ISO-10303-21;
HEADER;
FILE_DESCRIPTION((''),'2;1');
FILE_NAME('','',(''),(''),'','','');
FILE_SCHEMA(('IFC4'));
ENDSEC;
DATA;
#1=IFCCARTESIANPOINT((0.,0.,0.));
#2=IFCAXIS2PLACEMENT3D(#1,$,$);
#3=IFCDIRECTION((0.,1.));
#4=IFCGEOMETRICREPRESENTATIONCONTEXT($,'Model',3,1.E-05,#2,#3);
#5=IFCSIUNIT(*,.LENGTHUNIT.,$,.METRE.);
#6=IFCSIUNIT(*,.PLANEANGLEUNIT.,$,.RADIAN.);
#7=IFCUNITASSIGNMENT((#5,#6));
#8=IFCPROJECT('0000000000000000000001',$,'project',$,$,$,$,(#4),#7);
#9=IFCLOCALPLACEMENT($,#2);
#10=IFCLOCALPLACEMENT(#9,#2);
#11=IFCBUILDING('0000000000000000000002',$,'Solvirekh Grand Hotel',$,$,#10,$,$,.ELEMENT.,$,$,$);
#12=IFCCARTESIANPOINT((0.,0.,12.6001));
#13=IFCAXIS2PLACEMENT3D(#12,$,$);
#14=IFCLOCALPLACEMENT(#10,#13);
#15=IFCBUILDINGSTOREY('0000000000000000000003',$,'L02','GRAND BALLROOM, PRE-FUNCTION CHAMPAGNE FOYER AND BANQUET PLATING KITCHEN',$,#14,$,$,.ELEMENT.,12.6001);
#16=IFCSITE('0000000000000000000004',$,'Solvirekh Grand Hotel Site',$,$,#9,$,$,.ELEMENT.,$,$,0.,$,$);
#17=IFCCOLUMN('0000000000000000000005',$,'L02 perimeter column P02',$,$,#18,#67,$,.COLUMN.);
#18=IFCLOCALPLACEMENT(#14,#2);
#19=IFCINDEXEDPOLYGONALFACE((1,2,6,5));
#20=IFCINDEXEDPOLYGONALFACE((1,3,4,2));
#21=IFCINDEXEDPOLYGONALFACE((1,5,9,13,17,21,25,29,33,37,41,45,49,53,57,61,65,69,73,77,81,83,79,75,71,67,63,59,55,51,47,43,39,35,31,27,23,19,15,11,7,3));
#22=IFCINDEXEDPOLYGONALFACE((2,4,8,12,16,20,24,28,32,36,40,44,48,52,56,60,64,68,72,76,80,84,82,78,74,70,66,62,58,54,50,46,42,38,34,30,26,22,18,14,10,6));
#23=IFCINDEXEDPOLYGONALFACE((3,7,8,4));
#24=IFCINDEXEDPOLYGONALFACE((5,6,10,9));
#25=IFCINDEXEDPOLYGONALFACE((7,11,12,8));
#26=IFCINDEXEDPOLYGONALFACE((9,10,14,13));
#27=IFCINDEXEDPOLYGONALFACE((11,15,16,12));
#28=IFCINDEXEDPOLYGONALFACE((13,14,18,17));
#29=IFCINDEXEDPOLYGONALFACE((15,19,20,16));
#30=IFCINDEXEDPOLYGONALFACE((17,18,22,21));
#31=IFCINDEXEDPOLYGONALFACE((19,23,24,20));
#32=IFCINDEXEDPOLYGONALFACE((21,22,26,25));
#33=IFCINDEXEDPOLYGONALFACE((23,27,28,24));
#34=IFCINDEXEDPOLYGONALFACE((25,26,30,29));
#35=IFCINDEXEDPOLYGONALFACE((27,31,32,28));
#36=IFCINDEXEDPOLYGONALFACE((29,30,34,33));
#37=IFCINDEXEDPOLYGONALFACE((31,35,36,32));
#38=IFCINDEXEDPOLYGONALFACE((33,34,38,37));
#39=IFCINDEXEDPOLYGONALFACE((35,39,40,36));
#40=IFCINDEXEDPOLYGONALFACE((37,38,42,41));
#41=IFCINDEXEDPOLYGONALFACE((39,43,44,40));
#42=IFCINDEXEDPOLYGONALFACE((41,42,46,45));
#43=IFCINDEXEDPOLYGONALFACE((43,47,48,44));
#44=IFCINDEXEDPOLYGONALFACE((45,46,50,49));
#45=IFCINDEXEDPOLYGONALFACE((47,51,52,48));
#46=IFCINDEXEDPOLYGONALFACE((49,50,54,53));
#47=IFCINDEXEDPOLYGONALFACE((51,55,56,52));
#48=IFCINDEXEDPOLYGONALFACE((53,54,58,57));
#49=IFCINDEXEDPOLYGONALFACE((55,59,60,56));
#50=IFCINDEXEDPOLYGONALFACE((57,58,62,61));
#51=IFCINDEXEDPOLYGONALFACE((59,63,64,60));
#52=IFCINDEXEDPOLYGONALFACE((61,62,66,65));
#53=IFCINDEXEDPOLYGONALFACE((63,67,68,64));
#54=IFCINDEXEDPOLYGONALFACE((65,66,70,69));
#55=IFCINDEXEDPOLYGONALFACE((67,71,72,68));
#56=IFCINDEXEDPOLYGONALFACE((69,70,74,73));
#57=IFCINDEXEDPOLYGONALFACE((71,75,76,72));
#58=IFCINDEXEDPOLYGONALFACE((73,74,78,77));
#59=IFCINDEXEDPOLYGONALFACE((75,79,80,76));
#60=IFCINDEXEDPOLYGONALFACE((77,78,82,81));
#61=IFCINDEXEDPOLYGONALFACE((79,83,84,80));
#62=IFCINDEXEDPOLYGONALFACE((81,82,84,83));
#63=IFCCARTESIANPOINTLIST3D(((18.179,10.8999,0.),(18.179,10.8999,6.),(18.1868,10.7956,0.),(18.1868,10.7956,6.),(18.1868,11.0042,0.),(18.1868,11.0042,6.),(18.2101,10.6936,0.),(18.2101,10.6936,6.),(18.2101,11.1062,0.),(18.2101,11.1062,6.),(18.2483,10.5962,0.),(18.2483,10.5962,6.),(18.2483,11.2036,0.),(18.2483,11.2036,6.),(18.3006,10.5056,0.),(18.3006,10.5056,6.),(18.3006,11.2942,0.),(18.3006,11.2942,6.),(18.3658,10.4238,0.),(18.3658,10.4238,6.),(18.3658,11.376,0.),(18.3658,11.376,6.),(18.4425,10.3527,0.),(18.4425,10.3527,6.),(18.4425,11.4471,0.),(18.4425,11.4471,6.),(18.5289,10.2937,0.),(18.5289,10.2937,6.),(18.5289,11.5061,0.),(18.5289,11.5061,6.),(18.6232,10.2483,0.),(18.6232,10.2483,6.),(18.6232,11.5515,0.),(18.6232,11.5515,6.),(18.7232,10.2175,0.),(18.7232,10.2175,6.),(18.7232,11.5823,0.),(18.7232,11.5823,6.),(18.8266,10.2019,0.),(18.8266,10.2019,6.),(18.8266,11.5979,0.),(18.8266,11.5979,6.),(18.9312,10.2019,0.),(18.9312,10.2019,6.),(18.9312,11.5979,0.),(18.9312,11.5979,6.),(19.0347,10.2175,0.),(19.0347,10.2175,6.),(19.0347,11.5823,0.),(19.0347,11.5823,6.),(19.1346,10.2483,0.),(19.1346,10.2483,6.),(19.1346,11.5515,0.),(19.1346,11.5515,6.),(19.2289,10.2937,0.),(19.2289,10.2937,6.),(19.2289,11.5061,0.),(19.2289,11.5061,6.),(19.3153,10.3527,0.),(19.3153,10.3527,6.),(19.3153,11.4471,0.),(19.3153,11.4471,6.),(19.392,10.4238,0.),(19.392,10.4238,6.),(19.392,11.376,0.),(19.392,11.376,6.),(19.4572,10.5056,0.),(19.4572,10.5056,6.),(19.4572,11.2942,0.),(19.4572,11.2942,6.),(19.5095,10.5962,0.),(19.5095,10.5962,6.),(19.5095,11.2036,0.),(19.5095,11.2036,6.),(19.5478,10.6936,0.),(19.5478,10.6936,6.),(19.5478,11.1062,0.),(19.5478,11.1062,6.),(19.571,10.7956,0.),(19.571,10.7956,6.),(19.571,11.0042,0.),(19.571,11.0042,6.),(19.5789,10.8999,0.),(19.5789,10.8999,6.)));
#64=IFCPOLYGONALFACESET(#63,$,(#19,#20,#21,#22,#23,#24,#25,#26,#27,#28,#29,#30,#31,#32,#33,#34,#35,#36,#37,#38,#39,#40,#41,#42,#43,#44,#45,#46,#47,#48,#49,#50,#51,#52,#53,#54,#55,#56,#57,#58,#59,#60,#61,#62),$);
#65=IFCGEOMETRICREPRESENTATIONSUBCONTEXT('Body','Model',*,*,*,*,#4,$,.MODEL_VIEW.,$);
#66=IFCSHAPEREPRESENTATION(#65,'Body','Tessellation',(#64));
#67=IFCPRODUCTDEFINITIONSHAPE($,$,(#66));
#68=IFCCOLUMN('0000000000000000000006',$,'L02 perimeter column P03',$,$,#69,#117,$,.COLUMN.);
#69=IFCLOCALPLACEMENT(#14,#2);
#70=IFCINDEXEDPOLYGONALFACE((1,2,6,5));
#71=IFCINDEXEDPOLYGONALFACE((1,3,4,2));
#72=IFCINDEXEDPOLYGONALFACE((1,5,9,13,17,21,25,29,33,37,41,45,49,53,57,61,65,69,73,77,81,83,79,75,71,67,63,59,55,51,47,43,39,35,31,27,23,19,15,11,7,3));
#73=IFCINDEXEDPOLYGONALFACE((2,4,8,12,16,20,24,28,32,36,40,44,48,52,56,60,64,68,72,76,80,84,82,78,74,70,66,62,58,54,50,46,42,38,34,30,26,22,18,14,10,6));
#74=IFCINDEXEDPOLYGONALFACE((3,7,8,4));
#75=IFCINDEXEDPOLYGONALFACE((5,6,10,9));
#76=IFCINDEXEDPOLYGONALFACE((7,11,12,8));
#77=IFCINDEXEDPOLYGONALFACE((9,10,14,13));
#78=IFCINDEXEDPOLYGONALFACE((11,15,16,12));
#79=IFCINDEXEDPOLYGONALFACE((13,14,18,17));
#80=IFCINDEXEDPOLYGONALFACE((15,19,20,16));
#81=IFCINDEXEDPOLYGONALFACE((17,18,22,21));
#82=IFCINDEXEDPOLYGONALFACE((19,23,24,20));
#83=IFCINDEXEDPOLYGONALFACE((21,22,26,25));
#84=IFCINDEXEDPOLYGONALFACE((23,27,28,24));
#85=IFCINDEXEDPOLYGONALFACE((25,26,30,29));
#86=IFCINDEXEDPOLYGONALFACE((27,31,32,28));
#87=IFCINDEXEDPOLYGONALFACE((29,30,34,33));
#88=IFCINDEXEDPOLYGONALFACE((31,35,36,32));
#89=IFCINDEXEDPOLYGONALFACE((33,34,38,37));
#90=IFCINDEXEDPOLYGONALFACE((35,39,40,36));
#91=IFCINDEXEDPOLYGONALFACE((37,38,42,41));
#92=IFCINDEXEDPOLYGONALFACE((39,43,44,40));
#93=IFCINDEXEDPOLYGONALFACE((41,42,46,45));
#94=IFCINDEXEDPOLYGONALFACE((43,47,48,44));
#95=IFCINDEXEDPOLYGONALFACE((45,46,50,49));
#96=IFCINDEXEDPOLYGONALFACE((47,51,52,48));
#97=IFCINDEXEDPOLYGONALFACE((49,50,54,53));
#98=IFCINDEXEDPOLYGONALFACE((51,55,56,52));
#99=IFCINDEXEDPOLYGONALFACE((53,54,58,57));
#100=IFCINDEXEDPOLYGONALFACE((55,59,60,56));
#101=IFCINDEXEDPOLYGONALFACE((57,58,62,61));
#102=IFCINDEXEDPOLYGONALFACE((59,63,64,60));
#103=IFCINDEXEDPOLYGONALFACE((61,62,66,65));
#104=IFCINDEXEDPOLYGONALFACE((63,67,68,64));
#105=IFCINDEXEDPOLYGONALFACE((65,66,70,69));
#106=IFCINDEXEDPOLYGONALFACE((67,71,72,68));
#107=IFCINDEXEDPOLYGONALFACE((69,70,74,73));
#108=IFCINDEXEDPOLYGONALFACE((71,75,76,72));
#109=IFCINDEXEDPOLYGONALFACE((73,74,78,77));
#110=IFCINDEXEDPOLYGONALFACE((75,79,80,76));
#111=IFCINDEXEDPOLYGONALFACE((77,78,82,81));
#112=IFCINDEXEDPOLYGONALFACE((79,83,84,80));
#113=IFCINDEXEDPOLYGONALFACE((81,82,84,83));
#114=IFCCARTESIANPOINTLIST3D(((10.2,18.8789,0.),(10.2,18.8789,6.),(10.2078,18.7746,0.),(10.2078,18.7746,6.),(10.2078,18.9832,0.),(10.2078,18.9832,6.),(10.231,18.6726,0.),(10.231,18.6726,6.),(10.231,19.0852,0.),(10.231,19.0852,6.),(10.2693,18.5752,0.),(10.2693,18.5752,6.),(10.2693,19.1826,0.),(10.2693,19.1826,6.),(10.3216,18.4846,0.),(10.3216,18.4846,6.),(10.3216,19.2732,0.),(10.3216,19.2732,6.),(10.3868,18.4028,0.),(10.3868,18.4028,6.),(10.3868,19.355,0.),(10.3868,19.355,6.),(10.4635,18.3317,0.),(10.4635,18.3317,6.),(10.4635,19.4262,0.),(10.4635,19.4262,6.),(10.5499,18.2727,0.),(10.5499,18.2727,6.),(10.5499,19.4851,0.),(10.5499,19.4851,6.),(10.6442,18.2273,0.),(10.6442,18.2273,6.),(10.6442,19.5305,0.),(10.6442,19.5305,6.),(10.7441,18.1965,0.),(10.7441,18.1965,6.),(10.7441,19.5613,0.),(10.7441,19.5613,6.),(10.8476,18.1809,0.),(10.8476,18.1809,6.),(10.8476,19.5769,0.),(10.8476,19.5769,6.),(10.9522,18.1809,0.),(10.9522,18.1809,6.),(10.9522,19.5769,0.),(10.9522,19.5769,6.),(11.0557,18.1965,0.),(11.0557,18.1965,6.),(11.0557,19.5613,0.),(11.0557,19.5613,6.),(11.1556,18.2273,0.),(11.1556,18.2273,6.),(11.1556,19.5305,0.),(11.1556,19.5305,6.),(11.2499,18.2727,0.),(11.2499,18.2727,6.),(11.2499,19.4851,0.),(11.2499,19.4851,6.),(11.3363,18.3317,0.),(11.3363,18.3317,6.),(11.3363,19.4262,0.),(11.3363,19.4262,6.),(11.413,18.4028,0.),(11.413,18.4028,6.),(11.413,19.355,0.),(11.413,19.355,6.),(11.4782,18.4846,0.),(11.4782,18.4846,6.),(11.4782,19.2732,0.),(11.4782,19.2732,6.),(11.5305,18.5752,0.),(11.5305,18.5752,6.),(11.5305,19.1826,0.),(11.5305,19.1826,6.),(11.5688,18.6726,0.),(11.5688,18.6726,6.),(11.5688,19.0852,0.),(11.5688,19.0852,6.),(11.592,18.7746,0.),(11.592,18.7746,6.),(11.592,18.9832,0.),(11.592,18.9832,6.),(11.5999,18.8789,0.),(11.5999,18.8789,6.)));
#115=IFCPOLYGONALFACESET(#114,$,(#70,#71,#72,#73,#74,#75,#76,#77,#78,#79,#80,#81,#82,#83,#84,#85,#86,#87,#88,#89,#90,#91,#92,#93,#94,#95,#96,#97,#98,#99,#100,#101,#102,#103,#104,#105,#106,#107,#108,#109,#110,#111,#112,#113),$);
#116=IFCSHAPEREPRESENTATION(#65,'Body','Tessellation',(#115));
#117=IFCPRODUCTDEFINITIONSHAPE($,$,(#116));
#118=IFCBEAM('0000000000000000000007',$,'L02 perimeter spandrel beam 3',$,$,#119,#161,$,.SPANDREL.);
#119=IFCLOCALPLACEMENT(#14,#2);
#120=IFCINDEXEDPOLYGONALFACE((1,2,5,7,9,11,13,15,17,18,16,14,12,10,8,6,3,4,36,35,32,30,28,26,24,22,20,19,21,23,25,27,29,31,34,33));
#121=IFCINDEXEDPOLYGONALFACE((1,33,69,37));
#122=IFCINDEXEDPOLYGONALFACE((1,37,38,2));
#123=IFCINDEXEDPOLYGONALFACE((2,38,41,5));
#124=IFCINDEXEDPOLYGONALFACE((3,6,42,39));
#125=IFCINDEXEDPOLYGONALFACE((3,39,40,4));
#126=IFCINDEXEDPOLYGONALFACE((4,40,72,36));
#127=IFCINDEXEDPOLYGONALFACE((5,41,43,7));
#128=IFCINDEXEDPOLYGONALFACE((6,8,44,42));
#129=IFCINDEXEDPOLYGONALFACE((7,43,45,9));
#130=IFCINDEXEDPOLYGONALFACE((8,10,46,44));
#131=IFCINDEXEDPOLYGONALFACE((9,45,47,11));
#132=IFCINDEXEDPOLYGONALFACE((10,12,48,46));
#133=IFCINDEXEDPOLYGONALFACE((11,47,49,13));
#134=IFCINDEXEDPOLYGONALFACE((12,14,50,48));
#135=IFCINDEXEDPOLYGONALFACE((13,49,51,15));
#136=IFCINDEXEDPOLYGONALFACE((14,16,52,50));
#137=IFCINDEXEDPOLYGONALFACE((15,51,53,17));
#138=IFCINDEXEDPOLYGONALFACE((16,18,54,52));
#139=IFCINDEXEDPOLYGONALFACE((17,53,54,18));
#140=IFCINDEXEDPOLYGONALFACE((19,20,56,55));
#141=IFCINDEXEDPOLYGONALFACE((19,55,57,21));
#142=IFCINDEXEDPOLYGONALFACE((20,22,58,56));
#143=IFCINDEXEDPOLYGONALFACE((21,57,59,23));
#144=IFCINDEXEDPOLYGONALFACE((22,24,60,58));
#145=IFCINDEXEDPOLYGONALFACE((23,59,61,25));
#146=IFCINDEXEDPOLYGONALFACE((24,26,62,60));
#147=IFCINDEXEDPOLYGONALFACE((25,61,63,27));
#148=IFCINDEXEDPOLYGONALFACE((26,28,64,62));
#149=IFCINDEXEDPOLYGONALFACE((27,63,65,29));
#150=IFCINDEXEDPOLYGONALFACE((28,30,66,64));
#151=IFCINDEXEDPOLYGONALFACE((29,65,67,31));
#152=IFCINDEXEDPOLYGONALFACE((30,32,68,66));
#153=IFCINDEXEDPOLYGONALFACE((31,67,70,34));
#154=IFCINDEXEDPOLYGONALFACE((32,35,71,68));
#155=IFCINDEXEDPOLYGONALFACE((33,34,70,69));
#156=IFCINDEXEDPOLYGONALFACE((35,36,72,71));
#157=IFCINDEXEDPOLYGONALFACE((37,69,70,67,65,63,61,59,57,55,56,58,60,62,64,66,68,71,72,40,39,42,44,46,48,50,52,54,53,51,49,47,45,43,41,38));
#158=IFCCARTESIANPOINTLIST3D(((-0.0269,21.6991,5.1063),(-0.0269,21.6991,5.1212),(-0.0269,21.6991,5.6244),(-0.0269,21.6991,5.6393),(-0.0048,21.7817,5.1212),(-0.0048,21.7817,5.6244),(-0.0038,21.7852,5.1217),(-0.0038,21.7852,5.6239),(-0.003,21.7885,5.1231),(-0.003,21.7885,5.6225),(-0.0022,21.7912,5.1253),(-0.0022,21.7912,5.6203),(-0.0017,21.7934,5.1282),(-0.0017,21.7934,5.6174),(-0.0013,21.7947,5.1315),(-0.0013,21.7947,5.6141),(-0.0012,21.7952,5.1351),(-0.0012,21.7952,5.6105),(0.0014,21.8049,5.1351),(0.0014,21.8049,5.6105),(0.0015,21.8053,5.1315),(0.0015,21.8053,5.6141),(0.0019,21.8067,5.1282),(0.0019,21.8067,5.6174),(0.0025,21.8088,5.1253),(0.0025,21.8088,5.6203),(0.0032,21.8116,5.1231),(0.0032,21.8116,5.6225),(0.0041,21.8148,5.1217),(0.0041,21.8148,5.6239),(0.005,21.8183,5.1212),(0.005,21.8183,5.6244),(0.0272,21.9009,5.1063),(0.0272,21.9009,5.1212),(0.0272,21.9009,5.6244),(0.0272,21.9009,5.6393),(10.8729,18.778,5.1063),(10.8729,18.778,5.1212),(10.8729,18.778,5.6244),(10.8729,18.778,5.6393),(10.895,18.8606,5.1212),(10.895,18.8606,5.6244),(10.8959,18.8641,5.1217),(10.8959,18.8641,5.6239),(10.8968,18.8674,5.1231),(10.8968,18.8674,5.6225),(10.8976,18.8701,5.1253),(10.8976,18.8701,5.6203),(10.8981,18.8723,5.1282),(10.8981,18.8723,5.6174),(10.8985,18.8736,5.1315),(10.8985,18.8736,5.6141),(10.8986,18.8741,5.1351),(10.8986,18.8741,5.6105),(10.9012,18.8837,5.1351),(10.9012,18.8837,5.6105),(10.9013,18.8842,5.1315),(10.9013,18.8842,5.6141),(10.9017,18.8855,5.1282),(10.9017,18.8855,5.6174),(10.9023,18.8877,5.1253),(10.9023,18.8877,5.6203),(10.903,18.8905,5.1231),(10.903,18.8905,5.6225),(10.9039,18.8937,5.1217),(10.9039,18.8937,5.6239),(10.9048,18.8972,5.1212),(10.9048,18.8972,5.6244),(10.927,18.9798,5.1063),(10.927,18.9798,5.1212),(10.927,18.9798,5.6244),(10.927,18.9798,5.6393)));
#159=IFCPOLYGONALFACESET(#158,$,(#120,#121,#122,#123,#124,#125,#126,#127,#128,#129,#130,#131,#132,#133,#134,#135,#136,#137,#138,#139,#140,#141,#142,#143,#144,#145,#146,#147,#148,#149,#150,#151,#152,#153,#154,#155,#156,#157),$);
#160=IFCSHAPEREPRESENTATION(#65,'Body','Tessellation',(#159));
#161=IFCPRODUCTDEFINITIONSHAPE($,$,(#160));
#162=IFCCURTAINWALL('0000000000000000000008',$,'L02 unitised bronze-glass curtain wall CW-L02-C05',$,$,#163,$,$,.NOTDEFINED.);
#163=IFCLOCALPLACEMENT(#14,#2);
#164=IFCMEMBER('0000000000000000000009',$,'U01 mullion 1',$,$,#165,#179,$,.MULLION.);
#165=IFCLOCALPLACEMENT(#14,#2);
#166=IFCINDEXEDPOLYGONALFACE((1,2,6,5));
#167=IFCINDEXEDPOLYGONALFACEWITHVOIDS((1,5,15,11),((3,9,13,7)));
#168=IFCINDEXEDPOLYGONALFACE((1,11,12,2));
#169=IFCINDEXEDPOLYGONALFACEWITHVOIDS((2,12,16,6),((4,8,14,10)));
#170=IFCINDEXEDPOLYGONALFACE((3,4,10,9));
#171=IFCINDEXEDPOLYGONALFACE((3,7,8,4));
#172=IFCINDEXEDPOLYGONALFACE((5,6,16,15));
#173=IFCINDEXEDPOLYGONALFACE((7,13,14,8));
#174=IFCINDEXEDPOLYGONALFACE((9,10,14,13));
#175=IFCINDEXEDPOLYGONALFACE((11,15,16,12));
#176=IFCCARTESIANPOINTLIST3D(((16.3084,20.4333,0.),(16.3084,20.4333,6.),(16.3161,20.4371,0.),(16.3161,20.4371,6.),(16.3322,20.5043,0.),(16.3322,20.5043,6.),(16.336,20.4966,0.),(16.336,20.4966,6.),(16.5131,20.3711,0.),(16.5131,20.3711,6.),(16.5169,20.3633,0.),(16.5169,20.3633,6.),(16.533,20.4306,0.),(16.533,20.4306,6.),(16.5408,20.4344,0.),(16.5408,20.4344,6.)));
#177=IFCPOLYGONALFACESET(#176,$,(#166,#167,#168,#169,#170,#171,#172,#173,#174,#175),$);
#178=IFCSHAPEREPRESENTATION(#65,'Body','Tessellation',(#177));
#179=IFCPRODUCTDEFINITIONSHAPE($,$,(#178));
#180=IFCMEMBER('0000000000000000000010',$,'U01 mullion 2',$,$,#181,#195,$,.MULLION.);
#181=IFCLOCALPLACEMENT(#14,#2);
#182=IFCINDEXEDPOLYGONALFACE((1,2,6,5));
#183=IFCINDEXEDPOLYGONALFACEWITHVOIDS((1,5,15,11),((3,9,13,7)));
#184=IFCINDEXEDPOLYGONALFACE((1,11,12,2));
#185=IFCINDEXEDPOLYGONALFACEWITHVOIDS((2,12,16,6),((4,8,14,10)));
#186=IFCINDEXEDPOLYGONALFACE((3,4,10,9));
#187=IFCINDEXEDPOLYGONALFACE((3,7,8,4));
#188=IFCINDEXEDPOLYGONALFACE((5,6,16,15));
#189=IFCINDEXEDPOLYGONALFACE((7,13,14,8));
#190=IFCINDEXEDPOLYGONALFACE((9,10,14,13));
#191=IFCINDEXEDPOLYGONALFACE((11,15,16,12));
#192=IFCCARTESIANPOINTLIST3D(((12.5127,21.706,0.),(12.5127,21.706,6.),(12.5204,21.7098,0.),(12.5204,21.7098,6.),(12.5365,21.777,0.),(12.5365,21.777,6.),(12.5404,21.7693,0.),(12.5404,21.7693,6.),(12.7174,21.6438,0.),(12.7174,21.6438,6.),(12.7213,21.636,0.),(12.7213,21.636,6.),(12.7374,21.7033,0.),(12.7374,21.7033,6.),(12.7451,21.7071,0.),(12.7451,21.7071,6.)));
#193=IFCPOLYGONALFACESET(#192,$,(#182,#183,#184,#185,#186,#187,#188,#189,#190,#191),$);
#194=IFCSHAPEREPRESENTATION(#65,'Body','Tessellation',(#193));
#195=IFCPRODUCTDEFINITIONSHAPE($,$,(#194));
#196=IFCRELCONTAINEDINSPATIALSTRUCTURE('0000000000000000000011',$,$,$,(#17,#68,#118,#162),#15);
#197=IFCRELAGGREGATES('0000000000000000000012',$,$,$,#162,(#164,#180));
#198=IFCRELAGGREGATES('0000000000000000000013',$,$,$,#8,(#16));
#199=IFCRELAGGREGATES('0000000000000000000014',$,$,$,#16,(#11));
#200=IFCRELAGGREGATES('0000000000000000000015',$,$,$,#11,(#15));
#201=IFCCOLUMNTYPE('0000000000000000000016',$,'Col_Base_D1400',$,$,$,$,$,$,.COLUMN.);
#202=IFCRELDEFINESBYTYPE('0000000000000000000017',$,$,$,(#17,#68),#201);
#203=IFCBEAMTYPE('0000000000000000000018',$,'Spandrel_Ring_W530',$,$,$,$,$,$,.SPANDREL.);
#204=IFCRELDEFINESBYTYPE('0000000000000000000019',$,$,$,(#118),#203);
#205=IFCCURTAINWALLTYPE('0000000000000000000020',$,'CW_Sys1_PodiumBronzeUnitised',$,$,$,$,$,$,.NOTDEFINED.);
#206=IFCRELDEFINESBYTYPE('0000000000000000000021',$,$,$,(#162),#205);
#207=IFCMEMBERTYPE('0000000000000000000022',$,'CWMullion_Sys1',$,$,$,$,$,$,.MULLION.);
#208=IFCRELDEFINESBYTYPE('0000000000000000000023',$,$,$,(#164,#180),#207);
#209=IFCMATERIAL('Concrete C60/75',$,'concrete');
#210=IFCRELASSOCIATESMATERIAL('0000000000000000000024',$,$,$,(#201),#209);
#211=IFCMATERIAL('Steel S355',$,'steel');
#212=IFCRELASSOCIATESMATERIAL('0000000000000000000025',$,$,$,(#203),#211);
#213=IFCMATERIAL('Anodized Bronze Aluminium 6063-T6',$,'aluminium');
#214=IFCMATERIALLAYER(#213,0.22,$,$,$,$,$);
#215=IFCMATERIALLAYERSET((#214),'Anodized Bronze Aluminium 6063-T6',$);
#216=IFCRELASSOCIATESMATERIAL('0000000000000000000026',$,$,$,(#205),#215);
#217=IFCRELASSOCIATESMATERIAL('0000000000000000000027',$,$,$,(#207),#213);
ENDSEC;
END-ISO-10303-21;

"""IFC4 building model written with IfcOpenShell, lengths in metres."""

from ifc_helpers import new_model, si_unit, direction, frame, origin, origin_2d, place, context, subcontext, project, spatial, hollow_rectangle, circle, i_section, extrude, source, transform, mapped, material, layer, layer_set, material_profile, profile_set, type_object, element, aggregate, save


model = new_model("IFC4")

# Units and contexts
model_context = context("Model", 3, precision=1e-05, world=origin(), true_north=direction((0.0, 1.0)))
body_context = subcontext(model_context, "Body", "Model", "MODEL_VIEW")
ifc_project = project(units=[si_unit("LENGTHUNIT", "METRE"), si_unit("PLANEANGLEUNIT", "RADIAN")], contexts=[model_context])

# Site, building, storey
site_placement = place(None, origin())
site = spatial("IfcSite", under=ifc_project, at=site_placement, Name="Solvirekh Grand Hotel Site", CompositionType="ELEMENT", RefElevation=0.0)
building_placement = place(site_placement, origin())
building = spatial("IfcBuilding", under=site, at=building_placement, Name="Solvirekh Grand Hotel", CompositionType="ELEMENT")
storey_placement = place(building_placement, frame((0.0, 0.0, 12.6001)))
storey = spatial("IfcBuildingStorey", under=building, at=storey_placement, Name="L02", Description="GRAND BALLROOM, PRE-FUNCTION CHAMPAGNE FOYER AND BANQUET PLATING KITCHEN", CompositionType="ELEMENT", Elevation=12.6001)

# Columns
ifc_material_1 = material(Name="Concrete C60/75", Category="concrete")
ifc_material_profile_1 = material_profile(ifc_material_1, circle(Radius=0.7, at=origin_2d()), Name="RC CIRC D1400")
ifc_profile_set_1 = profile_set([ifc_material_profile_1], Name="Concrete C60/75")
column_type = type_object("IfcColumnType", Name="Col_Base_D1400", PredefinedType="COLUMN", material=ifc_profile_set_1)
for number, where, z_axis, x_axis, name in (
    (1, (18.8789, 10.8999, 0.0), (0.0, 0.0, 1.0), (1.0, 0.0, 0.0), "L02 perimeter column P02"),
    (2, (10.8999, 18.8789, 0.0), (0.0, 0.0, 1.0), (1.0, 0.0, 0.0), "L02 perimeter column P03"),
):
    element("IfcColumn", number, at=place(storey_placement, frame(where, z_axis=z_axis, x_axis=x_axis)), inside=storey, type_object=column_type, Name=name, PredefinedType="COLUMN", context=body_context, shape_type="SweptSolid", body=[
        extrude(circle(Radius=0.7, at=origin_2d()), origin(), (0.0, 0.0, 1.0), 6.0),
    ])

# Beam
ifc_material_2 = material(Name="Steel S355", Category="steel")
ifc_material_profile_2 = material_profile(ifc_material_2, i_section(OverallWidth=0.209, OverallDepth=0.533, WebThickness=0.01, FlangeThickness=0.0149, FilletRadius=0.0139, at=origin_2d()), Name="W530X92")
ifc_profile_set_2 = profile_set([ifc_material_profile_2], Name="Steel S355")
beam_type = type_object("IfcBeamType", Name="Spandrel_Ring_W530", PredefinedType="SPANDREL", material=ifc_profile_set_2)
beam_placement = place(storey_placement, frame((10.8999, 18.8789, 5.3728), z_axis=(-0.965914, 0.258862, 0.0), x_axis=(-0.258862, -0.965914, 0.0)))
element("IfcBeam", 3, at=beam_placement, inside=storey, type_object=beam_type, Name="L02 perimeter spandrel beam 3", PredefinedType="SPANDREL", context=body_context, shape_type="SweptSolid", body=[
    extrude(i_section(OverallWidth=0.209, OverallDepth=0.533, WebThickness=0.01, FlangeThickness=0.0149, FilletRadius=0.0139, at=origin_2d()), origin(), (0.0, 0.0, 1.0), 11.2844),
])

# Curtain wall, members
ifc_material_3 = material(Name="Anodized Bronze Aluminium 6063-T6", Category="aluminium")
ifc_layer_1 = layer(ifc_material_3, 0.22)
ifc_layer_set_1 = layer_set([ifc_layer_1], Name="Anodized Bronze Aluminium 6063-T6")
curtain_wall_type = type_object("IfcCurtainWallType", Name="CW_Sys1_PodiumBronzeUnitised", PredefinedType="NOTDEFINED", material=ifc_layer_set_1)
curtain_wall_1_placement = place(storey_placement, origin())
curtain_wall_1 = element("IfcCurtainWall", 4, at=curtain_wall_1_placement, inside=storey, type_object=curtain_wall_type, Name="L02 unitised bronze-glass curtain wall CW-L02-C05", PredefinedType="NOTDEFINED")
ifc_material_profile_3 = material_profile(ifc_material_3, hollow_rectangle(XDim=0.075, YDim=0.22, WallThickness=0.0061, at=origin_2d()), Name="ALU RHS 220X75X6")
ifc_profile_set_3 = profile_set([ifc_material_profile_3], Name="Anodized Bronze Aluminium 6063-T6")
member_type_1 = type_object("IfcMemberType", Name="CWMullion_Sys1", PredefinedType="MULLION", material=ifc_profile_set_3)
shared_shape_1 = source(origin(), body_context, "Body", "SweptSolid", [
    extrude(hollow_rectangle(XDim=0.075, YDim=0.22, WallThickness=0.0061, at=origin_2d()), origin(), (0.0, 0.0, 1.0), 6.0),
])
member_1_placement = place(storey_placement, frame((16.4246, 20.4338, 0.0), z_axis=(0.0, 0.0, 1.0), x_axis=(-0.317898, -0.948125, 0.0)))
member_1 = element("IfcMember", 5, at=member_1_placement, type_object=member_type_1, Name="U01 mullion 1", PredefinedType="MULLION", context=body_context, shape_type="MappedRepresentation", body=[
    mapped(shared_shape_1, transform((0.0, 0.0, 0.0), x_axis=(1.0, 0.0, 0.0), y_axis=(0.0, 1.0, 0.0), z_axis=(0.0, 0.0, 1.0), scale=1.0)),
])
member_2_placement = place(storey_placement, frame((12.6289, 21.7065, 0.0), z_axis=(0.0, 0.0, 1.0), x_axis=(-0.317898, -0.948125, 0.0)))
member_2 = element("IfcMember", 6, at=member_2_placement, type_object=member_type_1, Name="U01 mullion 2", PredefinedType="MULLION", context=body_context, shape_type="MappedRepresentation", body=[
    mapped(shared_shape_1, transform((0.0, 0.0, 0.0), x_axis=(1.0, 0.0, 0.0), y_axis=(0.0, 1.0, 0.0), z_axis=(0.0, 0.0, 1.0), scale=1.0)),
])

aggregate(curtain_wall_1, [member_1, member_2])

save(model, "model.ifc")
